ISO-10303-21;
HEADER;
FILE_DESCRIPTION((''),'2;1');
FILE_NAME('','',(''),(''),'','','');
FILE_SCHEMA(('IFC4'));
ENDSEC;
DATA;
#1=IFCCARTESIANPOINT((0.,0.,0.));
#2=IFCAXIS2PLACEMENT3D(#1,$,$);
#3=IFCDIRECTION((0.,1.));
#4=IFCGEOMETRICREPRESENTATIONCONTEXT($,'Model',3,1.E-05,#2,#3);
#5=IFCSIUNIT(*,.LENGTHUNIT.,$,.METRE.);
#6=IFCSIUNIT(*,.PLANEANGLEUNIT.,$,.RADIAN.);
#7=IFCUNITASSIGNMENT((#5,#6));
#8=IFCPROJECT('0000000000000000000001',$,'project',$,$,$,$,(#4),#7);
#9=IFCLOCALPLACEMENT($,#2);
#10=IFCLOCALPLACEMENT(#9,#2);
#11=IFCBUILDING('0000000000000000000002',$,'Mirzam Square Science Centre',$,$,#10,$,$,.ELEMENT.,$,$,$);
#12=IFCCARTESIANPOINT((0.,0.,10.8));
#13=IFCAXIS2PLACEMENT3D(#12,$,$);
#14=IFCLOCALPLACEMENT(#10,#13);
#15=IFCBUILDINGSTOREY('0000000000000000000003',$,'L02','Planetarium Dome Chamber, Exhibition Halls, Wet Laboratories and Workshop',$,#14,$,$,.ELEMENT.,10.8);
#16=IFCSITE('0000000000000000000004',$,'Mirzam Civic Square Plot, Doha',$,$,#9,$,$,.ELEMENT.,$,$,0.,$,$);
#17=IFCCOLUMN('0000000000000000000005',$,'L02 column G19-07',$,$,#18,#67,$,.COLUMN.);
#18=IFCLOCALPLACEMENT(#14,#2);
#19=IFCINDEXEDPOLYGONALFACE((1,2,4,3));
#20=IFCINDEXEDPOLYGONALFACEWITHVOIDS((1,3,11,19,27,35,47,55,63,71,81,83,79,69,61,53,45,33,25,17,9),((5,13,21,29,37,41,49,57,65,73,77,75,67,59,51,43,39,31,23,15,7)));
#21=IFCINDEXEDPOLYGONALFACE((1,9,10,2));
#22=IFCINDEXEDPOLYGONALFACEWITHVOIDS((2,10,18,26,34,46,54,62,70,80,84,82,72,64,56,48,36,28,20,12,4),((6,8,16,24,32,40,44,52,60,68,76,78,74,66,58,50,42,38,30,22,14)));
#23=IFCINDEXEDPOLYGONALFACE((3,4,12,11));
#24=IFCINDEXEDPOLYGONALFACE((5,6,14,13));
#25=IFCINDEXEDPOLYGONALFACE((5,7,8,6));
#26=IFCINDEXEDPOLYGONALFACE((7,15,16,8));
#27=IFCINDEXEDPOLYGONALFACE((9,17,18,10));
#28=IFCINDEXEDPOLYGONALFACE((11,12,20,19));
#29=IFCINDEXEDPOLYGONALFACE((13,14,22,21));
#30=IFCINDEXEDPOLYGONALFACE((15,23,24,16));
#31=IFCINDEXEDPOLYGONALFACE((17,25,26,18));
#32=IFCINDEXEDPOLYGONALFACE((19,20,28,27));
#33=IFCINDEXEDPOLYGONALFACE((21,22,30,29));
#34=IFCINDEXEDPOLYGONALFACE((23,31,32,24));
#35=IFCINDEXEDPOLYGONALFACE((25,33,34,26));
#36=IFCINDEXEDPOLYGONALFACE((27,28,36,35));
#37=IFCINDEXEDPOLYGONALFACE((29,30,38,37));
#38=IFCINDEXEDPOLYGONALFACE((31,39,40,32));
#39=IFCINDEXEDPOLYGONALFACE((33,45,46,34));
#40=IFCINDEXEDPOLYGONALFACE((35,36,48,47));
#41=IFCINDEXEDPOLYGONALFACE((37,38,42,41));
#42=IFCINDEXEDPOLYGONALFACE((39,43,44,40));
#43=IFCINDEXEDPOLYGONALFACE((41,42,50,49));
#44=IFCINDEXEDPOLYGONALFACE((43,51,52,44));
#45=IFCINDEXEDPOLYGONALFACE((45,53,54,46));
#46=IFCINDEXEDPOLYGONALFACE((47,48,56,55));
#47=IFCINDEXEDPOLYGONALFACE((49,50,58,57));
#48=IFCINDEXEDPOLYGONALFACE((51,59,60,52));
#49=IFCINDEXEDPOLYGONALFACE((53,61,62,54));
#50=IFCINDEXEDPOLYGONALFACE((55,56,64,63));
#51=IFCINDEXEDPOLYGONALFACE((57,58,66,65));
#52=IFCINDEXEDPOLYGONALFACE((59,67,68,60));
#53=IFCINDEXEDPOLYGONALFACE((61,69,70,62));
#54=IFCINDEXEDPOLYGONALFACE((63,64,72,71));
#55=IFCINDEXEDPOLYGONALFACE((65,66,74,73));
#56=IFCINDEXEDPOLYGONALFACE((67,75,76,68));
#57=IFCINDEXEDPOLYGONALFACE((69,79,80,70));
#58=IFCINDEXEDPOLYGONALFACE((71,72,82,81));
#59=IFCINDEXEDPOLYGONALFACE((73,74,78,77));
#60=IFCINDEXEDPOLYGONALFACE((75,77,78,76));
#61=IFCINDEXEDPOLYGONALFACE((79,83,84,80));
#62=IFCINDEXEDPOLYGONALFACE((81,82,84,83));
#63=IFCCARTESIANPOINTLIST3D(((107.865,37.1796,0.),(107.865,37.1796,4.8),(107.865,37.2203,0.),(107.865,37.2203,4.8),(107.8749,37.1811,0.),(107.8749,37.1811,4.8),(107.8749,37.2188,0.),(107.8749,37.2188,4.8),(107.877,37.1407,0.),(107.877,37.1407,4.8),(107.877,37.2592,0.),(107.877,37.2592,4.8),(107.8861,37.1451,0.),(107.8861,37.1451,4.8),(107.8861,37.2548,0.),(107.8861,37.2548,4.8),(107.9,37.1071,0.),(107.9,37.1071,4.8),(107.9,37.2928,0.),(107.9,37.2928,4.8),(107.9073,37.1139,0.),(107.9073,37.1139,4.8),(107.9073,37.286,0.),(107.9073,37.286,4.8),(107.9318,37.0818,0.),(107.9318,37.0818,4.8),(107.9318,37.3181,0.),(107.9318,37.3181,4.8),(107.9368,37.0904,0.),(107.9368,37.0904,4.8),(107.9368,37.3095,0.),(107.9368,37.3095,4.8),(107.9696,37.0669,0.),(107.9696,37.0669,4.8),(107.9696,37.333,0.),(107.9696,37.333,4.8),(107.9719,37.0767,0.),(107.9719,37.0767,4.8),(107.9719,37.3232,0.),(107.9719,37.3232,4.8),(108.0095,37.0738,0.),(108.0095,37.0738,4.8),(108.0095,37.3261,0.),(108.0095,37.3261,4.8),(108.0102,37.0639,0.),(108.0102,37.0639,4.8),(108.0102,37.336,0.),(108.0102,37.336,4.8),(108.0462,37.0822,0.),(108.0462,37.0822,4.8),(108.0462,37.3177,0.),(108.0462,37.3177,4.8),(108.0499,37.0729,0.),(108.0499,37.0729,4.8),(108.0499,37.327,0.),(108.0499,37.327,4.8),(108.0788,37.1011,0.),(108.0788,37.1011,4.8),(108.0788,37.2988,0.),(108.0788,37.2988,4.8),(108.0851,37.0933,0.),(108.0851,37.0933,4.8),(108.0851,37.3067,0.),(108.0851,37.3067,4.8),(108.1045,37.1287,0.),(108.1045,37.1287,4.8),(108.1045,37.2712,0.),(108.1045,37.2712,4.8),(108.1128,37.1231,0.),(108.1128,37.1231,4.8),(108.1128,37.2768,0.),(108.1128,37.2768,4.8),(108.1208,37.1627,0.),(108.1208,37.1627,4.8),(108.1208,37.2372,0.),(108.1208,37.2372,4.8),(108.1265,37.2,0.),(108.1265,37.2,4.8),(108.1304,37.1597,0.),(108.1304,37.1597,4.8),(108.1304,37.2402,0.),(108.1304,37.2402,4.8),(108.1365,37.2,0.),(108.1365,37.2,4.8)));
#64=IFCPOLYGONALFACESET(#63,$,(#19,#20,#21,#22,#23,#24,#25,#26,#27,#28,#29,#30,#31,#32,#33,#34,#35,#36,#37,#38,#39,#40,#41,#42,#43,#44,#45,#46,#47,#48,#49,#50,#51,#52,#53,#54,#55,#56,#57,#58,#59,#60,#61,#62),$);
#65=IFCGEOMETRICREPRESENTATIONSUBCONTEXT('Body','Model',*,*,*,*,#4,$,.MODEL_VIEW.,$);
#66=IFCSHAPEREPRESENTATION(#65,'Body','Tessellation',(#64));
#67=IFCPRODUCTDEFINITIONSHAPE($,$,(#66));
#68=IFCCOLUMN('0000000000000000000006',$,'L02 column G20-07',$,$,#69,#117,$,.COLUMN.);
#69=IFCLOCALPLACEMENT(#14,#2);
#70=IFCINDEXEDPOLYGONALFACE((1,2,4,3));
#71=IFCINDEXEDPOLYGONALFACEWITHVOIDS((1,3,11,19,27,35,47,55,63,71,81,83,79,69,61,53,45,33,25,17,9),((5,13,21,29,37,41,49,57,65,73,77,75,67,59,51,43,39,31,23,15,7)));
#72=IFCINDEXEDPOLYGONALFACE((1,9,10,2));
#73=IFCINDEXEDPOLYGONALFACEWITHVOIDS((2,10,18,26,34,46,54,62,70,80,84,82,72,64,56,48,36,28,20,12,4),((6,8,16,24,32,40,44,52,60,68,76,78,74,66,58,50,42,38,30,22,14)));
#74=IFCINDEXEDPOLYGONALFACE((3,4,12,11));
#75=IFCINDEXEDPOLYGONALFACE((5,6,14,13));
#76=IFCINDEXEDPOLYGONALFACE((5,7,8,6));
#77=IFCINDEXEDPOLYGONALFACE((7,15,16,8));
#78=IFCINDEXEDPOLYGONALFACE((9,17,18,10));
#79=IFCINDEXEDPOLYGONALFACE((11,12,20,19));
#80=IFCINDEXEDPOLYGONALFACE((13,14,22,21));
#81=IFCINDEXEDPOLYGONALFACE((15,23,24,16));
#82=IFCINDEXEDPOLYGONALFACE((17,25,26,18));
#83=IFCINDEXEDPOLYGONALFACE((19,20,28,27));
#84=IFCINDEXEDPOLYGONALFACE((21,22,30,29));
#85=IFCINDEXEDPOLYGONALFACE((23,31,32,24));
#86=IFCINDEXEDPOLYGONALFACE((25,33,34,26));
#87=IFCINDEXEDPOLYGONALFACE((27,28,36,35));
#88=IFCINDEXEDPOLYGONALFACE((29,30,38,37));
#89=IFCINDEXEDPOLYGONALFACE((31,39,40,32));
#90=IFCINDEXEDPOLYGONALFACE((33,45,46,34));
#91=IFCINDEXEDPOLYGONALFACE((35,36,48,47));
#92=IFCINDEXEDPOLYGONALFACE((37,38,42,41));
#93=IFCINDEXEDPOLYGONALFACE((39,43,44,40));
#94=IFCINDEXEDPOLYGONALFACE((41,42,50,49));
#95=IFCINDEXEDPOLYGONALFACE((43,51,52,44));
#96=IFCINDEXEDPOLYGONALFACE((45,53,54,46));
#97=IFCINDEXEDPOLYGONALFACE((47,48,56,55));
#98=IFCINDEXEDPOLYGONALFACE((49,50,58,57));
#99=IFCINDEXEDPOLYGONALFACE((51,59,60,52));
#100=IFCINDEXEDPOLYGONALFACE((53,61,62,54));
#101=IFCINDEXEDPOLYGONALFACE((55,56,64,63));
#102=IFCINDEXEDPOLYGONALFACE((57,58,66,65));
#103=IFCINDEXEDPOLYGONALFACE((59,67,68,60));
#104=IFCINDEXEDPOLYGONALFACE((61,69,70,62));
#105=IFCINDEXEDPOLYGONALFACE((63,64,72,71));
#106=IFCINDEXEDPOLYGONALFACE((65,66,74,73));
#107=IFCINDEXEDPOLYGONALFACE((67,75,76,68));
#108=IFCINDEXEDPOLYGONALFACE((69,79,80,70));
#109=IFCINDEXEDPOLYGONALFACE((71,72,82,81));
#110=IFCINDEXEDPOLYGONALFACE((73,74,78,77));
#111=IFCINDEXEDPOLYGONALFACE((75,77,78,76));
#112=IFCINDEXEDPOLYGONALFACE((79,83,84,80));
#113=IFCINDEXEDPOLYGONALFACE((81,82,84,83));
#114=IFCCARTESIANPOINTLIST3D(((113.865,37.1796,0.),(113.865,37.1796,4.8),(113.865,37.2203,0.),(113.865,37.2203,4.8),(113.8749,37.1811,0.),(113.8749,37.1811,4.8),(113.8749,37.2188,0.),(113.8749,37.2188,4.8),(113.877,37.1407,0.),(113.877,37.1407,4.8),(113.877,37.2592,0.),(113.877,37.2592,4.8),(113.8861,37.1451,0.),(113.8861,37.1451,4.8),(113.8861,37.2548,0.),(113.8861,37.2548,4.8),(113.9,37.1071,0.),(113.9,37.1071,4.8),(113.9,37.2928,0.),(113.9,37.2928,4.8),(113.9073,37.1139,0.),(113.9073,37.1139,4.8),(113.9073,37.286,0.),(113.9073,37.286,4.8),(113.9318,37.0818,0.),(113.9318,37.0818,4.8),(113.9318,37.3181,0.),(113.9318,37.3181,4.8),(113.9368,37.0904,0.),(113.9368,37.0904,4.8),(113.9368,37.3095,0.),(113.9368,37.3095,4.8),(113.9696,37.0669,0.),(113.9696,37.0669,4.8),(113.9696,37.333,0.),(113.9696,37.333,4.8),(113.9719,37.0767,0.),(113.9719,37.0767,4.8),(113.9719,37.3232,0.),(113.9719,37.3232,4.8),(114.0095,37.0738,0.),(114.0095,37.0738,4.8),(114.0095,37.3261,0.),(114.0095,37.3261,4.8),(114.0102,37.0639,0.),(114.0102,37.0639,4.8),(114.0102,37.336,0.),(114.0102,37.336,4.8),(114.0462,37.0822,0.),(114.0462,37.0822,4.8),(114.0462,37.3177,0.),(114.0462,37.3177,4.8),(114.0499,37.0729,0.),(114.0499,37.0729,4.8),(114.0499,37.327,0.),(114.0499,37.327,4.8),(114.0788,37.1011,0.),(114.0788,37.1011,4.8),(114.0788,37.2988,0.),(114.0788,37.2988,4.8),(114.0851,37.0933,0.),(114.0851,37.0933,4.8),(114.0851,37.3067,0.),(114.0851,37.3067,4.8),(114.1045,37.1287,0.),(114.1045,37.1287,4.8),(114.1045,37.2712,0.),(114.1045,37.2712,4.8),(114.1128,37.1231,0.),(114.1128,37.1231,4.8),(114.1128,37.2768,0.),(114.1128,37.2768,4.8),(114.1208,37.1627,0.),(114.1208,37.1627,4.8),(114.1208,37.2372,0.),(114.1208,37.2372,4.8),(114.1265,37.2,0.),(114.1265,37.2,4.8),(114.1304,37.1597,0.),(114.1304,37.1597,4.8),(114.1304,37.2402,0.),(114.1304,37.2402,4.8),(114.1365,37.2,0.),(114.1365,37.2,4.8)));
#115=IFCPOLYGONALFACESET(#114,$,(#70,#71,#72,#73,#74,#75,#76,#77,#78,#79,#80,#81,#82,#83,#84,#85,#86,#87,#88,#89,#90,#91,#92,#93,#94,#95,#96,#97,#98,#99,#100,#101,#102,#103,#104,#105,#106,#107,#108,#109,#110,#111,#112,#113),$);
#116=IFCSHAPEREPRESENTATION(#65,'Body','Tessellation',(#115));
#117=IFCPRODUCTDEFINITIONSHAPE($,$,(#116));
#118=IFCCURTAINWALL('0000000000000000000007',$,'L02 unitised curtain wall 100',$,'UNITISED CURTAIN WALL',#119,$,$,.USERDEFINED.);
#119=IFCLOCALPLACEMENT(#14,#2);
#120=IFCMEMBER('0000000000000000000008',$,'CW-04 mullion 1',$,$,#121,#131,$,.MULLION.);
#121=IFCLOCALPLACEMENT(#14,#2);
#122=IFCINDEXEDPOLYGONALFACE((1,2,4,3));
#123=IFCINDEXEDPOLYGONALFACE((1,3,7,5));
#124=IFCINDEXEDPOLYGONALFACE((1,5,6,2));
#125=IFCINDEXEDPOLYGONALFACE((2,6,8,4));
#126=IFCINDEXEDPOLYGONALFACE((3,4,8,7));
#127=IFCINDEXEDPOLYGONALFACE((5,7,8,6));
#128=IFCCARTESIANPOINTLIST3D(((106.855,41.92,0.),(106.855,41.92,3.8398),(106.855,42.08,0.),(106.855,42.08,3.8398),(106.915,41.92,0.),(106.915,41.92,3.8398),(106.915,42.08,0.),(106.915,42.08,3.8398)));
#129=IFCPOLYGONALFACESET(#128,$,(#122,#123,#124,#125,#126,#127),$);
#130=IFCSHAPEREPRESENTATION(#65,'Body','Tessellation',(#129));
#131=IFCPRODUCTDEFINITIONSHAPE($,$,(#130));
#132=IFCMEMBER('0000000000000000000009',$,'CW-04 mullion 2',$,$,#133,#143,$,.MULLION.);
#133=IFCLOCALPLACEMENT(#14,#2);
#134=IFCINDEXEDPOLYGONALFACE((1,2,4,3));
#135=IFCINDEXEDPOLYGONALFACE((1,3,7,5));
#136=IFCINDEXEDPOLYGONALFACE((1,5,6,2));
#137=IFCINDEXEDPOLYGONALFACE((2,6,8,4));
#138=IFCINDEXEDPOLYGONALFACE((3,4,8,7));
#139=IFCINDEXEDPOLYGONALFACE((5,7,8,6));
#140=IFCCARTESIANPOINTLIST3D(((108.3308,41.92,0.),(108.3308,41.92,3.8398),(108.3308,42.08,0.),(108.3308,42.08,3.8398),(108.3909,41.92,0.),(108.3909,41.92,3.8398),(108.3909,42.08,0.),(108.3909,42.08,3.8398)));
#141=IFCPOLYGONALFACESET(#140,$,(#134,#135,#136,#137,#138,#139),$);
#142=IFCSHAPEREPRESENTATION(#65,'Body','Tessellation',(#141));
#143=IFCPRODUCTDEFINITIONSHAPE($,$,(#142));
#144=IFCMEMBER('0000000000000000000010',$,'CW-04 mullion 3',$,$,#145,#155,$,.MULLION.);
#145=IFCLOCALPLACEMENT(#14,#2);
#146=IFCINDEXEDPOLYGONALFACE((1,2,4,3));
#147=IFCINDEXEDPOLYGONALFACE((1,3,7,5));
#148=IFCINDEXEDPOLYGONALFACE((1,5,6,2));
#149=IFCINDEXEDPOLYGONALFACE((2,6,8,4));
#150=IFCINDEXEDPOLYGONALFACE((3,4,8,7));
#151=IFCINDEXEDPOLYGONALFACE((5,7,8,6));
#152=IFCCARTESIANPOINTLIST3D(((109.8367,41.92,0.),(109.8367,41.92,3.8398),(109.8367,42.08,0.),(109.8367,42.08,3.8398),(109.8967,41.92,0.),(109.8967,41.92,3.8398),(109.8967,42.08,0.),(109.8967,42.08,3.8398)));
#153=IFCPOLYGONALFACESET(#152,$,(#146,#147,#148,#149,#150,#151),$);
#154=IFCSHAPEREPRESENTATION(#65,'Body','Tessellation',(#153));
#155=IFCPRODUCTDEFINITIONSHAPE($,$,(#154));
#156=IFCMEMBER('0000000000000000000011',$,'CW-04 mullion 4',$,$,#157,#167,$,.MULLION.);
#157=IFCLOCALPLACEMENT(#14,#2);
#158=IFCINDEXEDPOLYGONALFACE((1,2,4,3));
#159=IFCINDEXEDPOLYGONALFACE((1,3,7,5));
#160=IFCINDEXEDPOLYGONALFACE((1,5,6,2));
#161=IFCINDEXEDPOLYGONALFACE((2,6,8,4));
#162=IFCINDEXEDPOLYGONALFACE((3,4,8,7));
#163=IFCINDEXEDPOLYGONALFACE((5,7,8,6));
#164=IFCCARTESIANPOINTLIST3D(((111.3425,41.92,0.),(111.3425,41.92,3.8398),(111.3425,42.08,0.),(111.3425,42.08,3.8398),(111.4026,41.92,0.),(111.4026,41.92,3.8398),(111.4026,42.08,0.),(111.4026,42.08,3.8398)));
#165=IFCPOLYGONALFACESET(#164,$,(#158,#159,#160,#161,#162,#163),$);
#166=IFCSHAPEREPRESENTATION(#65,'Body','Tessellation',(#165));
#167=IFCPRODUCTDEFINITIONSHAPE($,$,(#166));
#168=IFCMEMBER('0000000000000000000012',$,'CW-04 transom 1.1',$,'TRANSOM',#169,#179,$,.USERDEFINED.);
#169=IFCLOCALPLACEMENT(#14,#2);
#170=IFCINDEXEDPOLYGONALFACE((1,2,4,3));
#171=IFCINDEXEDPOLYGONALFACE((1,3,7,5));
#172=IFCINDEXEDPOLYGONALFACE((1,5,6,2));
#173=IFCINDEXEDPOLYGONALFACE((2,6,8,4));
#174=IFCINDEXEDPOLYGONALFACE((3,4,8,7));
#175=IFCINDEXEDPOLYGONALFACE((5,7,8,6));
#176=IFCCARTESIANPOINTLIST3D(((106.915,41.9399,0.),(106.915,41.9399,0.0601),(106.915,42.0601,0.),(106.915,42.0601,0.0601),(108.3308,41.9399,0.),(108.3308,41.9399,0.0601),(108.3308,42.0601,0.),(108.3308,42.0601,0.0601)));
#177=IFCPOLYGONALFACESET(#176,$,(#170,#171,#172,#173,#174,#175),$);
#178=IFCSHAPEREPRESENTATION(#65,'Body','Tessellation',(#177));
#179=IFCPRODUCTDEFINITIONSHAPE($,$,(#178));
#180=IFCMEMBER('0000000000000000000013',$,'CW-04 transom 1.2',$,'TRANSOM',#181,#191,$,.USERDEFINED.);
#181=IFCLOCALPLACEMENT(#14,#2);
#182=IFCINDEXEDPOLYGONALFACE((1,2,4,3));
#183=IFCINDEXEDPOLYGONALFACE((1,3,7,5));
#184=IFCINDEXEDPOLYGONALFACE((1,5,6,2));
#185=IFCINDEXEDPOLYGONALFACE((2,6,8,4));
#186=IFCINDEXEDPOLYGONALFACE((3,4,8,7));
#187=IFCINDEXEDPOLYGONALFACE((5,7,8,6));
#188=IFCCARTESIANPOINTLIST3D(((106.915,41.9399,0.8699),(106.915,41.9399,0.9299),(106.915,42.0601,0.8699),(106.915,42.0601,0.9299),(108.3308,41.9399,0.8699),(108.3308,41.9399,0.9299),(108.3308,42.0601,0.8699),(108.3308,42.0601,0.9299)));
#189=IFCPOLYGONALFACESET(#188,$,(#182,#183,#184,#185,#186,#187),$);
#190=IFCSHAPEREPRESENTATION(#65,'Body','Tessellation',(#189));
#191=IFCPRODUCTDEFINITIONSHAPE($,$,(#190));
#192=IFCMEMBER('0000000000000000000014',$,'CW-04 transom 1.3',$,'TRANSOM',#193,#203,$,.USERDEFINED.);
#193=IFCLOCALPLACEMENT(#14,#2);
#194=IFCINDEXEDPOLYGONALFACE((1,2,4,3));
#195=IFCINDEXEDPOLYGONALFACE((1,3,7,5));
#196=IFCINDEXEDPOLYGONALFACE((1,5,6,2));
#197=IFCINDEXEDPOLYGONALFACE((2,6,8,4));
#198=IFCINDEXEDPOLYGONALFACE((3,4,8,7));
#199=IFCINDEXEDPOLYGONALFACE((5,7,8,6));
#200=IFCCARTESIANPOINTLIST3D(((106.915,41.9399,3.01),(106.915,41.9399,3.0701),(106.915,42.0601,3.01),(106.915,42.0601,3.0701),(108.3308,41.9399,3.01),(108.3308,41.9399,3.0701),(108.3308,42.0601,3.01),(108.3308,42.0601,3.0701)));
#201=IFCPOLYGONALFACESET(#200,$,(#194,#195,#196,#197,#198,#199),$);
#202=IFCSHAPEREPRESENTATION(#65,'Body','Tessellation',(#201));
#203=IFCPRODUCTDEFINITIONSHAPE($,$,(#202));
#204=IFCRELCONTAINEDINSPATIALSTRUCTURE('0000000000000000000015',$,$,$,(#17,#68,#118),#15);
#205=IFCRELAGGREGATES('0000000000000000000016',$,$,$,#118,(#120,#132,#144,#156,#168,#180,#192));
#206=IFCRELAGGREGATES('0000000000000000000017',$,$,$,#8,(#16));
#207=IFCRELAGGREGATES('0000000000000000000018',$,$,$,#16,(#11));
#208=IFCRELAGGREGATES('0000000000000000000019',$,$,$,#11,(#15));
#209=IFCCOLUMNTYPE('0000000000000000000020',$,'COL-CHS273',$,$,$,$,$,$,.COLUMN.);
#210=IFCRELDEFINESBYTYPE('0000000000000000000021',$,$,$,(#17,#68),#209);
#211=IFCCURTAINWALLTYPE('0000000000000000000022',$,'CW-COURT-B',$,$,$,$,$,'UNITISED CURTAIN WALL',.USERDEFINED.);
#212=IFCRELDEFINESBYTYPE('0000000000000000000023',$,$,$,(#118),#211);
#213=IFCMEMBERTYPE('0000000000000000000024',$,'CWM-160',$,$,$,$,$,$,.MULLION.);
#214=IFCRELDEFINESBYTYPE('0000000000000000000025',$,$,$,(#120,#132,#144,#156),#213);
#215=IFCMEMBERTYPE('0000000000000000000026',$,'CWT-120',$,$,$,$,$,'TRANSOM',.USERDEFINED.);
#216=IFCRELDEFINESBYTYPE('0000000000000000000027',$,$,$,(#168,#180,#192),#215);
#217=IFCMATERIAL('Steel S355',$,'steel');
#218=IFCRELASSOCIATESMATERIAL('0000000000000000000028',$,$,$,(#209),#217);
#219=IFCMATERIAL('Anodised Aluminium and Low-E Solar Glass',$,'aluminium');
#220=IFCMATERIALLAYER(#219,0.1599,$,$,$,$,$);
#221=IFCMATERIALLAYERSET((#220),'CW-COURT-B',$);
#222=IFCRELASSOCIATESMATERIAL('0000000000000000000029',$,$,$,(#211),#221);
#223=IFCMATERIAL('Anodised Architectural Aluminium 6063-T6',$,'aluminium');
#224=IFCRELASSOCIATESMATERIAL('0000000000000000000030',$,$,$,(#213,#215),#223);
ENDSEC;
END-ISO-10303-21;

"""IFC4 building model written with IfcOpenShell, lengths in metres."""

from ifc_helpers import new_model, si_unit, direction, frame, origin, origin_2d, place, context, subcontext, project, spatial, rectangle, hollow_circle, extrude, material, layer, layer_set, material_profile, profile_set, type_object, element, aggregate, save


model = new_model("IFC4")

# Units and contexts
model_context = context("Model", 3, precision=1e-05, world=origin(), true_north=direction((0.0, 1.0)))
body_context = subcontext(model_context, "Body", "Model", "MODEL_VIEW")
ifc_project = project(units=[si_unit("LENGTHUNIT", "METRE"), si_unit("PLANEANGLEUNIT", "RADIAN")], contexts=[model_context])

# Site, building, storey
site_placement = place(None, origin())
site = spatial("IfcSite", under=ifc_project, at=site_placement, Name="Mirzam Civic Square Plot, Doha", CompositionType="ELEMENT", RefElevation=0.0)
building_placement = place(site_placement, origin())
building = spatial("IfcBuilding", under=site, at=building_placement, Name="Mirzam Square Science Centre", CompositionType="ELEMENT")
storey_placement = place(building_placement, frame((0.0, 0.0, 10.8)))
storey = spatial("IfcBuildingStorey", under=building, at=storey_placement, Name="L02", Description="Planetarium Dome Chamber, Exhibition Halls, Wet Laboratories and Workshop", CompositionType="ELEMENT", Elevation=10.8)

# Columns
ifc_material_1 = material(Name="Steel S355", Category="steel")
ifc_material_profile_1 = material_profile(ifc_material_1, hollow_circle(Radius=0.1365, WallThickness=0.01, at=origin_2d()), Name="273.0x10.0CHS")
ifc_profile_set_1 = profile_set([ifc_material_profile_1], Name="Steel S355")
column_type = type_object("IfcColumnType", Name="COL-CHS273", PredefinedType="COLUMN", material=ifc_profile_set_1)
for number, where, z_axis, x_axis, name in (
    (1, (108.0, 37.2, 0.0), (0.0, 0.0, 1.0), (1.0, 0.0, 0.0), "L02 column G19-07"),
    (2, (114.0, 37.2, 0.0), (0.0, 0.0, 1.0), (1.0, 0.0, 0.0), "L02 column G20-07"),
):
    element("IfcColumn", number, at=place(storey_placement, frame(where, z_axis=z_axis, x_axis=x_axis)), inside=storey, type_object=column_type, Name=name, PredefinedType="COLUMN", context=body_context, shape_type="SweptSolid", body=[
        extrude(hollow_circle(Radius=0.1365, WallThickness=0.01, at=origin_2d()), origin(), (0.0, 0.0, 1.0), 4.8),
    ])

# Curtain wall, members
ifc_material_2 = material(Name="Anodised Aluminium and Low-E Solar Glass", Category="aluminium")
ifc_layer_1 = layer(ifc_material_2, 0.1599)
ifc_layer_set_1 = layer_set([ifc_layer_1], Name="CW-COURT-B")
curtain_wall_type = type_object("IfcCurtainWallType", Name="CW-COURT-B", ElementType="UNITISED CURTAIN WALL", PredefinedType="USERDEFINED", material=ifc_layer_set_1)
curtain_wall_placement = place(storey_placement, origin())
curtain_wall = element("IfcCurtainWall", 3, at=curtain_wall_placement, inside=storey, type_object=curtain_wall_type, Name="L02 unitised curtain wall 100", ObjectType="UNITISED CURTAIN WALL", PredefinedType="USERDEFINED")
ifc_material_3 = material(Name="Anodised Architectural Aluminium 6063-T6", Category="aluminium")
ifc_material_profile_2 = material_profile(ifc_material_3, rectangle(XDim=0.0601, YDim=0.1599, at=origin_2d()), Name="ALU-MULL-160x60x4")
ifc_profile_set_2 = profile_set([ifc_material_profile_2], Name="Anodised Architectural Aluminium 6063-T6")
member_type_1 = type_object("IfcMemberType", Name="CWM-160", PredefinedType="MULLION", material=ifc_profile_set_2)
member_1_placement = place(storey_placement, frame((106.885, 42.0, 0.0), z_axis=(0.0, 0.0, 1.0), x_axis=(1.0, 0.0, 0.0)))
member_1 = element("IfcMember", 4, at=member_1_placement, type_object=member_type_1, Name="CW-04 mullion 1", PredefinedType="MULLION", context=body_context, shape_type="SweptSolid", body=[
    extrude(rectangle(XDim=0.0601, YDim=0.1599, at=origin_2d()), origin(), (0.0, 0.0, 1.0), 3.8398),
])
member_2_placement = place(storey_placement, frame((108.3608, 42.0, 0.0), z_axis=(0.0, 0.0, 1.0), x_axis=(1.0, 0.0, 0.0)))
member_2 = element("IfcMember", 5, at=member_2_placement, type_object=member_type_1, Name="CW-04 mullion 2", PredefinedType="MULLION", context=body_context, shape_type="SweptSolid", body=[
    extrude(rectangle(XDim=0.0601, YDim=0.1599, at=origin_2d()), origin(), (0.0, 0.0, 1.0), 3.8398),
])
member_3_placement = place(storey_placement, frame((109.8667, 42.0, 0.0), z_axis=(0.0, 0.0, 1.0), x_axis=(1.0, 0.0, 0.0)))
member_3 = element("IfcMember", 6, at=member_3_placement, type_object=member_type_1, Name="CW-04 mullion 3", PredefinedType="MULLION", context=body_context, shape_type="SweptSolid", body=[
    extrude(rectangle(XDim=0.0601, YDim=0.1599, at=origin_2d()), origin(), (0.0, 0.0, 1.0), 3.8398),
])
member_4_placement = place(storey_placement, frame((111.3726, 42.0, 0.0), z_axis=(0.0, 0.0, 1.0), x_axis=(1.0, 0.0, 0.0)))
member_4 = element("IfcMember", 7, at=member_4_placement, type_object=member_type_1, Name="CW-04 mullion 4", PredefinedType="MULLION", context=body_context, shape_type="SweptSolid", body=[
    extrude(rectangle(XDim=0.0601, YDim=0.1599, at=origin_2d()), origin(), (0.0, 0.0, 1.0), 3.8398),
])
ifc_material_profile_3 = material_profile(ifc_material_3, rectangle(XDim=0.1201, YDim=0.0601, at=origin_2d()), Name="ALU-TRAN-120x60x4")
ifc_profile_set_3 = profile_set([ifc_material_profile_3], Name="Anodised Architectural Aluminium 6063-T6")
member_type_2 = type_object("IfcMemberType", Name="CWT-120", ElementType="TRANSOM", PredefinedType="USERDEFINED", material=ifc_profile_set_3)
member_5_placement = place(storey_placement, frame((106.915, 42.0, 0.03), z_axis=(1.0, 0.0, 0.0), x_axis=(0.0, 1.0, 0.0)))
member_5 = element("IfcMember", 8, at=member_5_placement, type_object=member_type_2, Name="CW-04 transom 1.1", ObjectType="TRANSOM", PredefinedType="USERDEFINED", context=body_context, shape_type="SweptSolid", body=[
    extrude(rectangle(XDim=0.1201, YDim=0.0601, at=origin_2d()), origin(), (0.0, 0.0, 1.0), 1.4158),
])
member_6_placement = place(storey_placement, frame((106.915, 42.0, 0.8999), z_axis=(1.0, 0.0, 0.0), x_axis=(0.0, 1.0, 0.0)))
member_6 = element("IfcMember", 9, at=member_6_placement, type_object=member_type_2, Name="CW-04 transom 1.2", ObjectType="TRANSOM", PredefinedType="USERDEFINED", context=body_context, shape_type="SweptSolid", body=[
    extrude(rectangle(XDim=0.1201, YDim=0.0601, at=origin_2d()), origin(), (0.0, 0.0, 1.0), 1.4158),
])
member_7_placement = place(storey_placement, frame((106.915, 42.0, 3.04), z_axis=(1.0, 0.0, 0.0), x_axis=(0.0, 1.0, 0.0)))
member_7 = element("IfcMember", 10, at=member_7_placement, type_object=member_type_2, Name="CW-04 transom 1.3", ObjectType="TRANSOM", PredefinedType="USERDEFINED", context=body_context, shape_type="SweptSolid", body=[
    extrude(rectangle(XDim=0.1201, YDim=0.0601, at=origin_2d()), origin(), (0.0, 0.0, 1.0), 1.4158),
])
aggregate(curtain_wall, [member_1, member_2, member_3, member_4, member_5, member_6, member_7])

save(model, "model.ifc")
